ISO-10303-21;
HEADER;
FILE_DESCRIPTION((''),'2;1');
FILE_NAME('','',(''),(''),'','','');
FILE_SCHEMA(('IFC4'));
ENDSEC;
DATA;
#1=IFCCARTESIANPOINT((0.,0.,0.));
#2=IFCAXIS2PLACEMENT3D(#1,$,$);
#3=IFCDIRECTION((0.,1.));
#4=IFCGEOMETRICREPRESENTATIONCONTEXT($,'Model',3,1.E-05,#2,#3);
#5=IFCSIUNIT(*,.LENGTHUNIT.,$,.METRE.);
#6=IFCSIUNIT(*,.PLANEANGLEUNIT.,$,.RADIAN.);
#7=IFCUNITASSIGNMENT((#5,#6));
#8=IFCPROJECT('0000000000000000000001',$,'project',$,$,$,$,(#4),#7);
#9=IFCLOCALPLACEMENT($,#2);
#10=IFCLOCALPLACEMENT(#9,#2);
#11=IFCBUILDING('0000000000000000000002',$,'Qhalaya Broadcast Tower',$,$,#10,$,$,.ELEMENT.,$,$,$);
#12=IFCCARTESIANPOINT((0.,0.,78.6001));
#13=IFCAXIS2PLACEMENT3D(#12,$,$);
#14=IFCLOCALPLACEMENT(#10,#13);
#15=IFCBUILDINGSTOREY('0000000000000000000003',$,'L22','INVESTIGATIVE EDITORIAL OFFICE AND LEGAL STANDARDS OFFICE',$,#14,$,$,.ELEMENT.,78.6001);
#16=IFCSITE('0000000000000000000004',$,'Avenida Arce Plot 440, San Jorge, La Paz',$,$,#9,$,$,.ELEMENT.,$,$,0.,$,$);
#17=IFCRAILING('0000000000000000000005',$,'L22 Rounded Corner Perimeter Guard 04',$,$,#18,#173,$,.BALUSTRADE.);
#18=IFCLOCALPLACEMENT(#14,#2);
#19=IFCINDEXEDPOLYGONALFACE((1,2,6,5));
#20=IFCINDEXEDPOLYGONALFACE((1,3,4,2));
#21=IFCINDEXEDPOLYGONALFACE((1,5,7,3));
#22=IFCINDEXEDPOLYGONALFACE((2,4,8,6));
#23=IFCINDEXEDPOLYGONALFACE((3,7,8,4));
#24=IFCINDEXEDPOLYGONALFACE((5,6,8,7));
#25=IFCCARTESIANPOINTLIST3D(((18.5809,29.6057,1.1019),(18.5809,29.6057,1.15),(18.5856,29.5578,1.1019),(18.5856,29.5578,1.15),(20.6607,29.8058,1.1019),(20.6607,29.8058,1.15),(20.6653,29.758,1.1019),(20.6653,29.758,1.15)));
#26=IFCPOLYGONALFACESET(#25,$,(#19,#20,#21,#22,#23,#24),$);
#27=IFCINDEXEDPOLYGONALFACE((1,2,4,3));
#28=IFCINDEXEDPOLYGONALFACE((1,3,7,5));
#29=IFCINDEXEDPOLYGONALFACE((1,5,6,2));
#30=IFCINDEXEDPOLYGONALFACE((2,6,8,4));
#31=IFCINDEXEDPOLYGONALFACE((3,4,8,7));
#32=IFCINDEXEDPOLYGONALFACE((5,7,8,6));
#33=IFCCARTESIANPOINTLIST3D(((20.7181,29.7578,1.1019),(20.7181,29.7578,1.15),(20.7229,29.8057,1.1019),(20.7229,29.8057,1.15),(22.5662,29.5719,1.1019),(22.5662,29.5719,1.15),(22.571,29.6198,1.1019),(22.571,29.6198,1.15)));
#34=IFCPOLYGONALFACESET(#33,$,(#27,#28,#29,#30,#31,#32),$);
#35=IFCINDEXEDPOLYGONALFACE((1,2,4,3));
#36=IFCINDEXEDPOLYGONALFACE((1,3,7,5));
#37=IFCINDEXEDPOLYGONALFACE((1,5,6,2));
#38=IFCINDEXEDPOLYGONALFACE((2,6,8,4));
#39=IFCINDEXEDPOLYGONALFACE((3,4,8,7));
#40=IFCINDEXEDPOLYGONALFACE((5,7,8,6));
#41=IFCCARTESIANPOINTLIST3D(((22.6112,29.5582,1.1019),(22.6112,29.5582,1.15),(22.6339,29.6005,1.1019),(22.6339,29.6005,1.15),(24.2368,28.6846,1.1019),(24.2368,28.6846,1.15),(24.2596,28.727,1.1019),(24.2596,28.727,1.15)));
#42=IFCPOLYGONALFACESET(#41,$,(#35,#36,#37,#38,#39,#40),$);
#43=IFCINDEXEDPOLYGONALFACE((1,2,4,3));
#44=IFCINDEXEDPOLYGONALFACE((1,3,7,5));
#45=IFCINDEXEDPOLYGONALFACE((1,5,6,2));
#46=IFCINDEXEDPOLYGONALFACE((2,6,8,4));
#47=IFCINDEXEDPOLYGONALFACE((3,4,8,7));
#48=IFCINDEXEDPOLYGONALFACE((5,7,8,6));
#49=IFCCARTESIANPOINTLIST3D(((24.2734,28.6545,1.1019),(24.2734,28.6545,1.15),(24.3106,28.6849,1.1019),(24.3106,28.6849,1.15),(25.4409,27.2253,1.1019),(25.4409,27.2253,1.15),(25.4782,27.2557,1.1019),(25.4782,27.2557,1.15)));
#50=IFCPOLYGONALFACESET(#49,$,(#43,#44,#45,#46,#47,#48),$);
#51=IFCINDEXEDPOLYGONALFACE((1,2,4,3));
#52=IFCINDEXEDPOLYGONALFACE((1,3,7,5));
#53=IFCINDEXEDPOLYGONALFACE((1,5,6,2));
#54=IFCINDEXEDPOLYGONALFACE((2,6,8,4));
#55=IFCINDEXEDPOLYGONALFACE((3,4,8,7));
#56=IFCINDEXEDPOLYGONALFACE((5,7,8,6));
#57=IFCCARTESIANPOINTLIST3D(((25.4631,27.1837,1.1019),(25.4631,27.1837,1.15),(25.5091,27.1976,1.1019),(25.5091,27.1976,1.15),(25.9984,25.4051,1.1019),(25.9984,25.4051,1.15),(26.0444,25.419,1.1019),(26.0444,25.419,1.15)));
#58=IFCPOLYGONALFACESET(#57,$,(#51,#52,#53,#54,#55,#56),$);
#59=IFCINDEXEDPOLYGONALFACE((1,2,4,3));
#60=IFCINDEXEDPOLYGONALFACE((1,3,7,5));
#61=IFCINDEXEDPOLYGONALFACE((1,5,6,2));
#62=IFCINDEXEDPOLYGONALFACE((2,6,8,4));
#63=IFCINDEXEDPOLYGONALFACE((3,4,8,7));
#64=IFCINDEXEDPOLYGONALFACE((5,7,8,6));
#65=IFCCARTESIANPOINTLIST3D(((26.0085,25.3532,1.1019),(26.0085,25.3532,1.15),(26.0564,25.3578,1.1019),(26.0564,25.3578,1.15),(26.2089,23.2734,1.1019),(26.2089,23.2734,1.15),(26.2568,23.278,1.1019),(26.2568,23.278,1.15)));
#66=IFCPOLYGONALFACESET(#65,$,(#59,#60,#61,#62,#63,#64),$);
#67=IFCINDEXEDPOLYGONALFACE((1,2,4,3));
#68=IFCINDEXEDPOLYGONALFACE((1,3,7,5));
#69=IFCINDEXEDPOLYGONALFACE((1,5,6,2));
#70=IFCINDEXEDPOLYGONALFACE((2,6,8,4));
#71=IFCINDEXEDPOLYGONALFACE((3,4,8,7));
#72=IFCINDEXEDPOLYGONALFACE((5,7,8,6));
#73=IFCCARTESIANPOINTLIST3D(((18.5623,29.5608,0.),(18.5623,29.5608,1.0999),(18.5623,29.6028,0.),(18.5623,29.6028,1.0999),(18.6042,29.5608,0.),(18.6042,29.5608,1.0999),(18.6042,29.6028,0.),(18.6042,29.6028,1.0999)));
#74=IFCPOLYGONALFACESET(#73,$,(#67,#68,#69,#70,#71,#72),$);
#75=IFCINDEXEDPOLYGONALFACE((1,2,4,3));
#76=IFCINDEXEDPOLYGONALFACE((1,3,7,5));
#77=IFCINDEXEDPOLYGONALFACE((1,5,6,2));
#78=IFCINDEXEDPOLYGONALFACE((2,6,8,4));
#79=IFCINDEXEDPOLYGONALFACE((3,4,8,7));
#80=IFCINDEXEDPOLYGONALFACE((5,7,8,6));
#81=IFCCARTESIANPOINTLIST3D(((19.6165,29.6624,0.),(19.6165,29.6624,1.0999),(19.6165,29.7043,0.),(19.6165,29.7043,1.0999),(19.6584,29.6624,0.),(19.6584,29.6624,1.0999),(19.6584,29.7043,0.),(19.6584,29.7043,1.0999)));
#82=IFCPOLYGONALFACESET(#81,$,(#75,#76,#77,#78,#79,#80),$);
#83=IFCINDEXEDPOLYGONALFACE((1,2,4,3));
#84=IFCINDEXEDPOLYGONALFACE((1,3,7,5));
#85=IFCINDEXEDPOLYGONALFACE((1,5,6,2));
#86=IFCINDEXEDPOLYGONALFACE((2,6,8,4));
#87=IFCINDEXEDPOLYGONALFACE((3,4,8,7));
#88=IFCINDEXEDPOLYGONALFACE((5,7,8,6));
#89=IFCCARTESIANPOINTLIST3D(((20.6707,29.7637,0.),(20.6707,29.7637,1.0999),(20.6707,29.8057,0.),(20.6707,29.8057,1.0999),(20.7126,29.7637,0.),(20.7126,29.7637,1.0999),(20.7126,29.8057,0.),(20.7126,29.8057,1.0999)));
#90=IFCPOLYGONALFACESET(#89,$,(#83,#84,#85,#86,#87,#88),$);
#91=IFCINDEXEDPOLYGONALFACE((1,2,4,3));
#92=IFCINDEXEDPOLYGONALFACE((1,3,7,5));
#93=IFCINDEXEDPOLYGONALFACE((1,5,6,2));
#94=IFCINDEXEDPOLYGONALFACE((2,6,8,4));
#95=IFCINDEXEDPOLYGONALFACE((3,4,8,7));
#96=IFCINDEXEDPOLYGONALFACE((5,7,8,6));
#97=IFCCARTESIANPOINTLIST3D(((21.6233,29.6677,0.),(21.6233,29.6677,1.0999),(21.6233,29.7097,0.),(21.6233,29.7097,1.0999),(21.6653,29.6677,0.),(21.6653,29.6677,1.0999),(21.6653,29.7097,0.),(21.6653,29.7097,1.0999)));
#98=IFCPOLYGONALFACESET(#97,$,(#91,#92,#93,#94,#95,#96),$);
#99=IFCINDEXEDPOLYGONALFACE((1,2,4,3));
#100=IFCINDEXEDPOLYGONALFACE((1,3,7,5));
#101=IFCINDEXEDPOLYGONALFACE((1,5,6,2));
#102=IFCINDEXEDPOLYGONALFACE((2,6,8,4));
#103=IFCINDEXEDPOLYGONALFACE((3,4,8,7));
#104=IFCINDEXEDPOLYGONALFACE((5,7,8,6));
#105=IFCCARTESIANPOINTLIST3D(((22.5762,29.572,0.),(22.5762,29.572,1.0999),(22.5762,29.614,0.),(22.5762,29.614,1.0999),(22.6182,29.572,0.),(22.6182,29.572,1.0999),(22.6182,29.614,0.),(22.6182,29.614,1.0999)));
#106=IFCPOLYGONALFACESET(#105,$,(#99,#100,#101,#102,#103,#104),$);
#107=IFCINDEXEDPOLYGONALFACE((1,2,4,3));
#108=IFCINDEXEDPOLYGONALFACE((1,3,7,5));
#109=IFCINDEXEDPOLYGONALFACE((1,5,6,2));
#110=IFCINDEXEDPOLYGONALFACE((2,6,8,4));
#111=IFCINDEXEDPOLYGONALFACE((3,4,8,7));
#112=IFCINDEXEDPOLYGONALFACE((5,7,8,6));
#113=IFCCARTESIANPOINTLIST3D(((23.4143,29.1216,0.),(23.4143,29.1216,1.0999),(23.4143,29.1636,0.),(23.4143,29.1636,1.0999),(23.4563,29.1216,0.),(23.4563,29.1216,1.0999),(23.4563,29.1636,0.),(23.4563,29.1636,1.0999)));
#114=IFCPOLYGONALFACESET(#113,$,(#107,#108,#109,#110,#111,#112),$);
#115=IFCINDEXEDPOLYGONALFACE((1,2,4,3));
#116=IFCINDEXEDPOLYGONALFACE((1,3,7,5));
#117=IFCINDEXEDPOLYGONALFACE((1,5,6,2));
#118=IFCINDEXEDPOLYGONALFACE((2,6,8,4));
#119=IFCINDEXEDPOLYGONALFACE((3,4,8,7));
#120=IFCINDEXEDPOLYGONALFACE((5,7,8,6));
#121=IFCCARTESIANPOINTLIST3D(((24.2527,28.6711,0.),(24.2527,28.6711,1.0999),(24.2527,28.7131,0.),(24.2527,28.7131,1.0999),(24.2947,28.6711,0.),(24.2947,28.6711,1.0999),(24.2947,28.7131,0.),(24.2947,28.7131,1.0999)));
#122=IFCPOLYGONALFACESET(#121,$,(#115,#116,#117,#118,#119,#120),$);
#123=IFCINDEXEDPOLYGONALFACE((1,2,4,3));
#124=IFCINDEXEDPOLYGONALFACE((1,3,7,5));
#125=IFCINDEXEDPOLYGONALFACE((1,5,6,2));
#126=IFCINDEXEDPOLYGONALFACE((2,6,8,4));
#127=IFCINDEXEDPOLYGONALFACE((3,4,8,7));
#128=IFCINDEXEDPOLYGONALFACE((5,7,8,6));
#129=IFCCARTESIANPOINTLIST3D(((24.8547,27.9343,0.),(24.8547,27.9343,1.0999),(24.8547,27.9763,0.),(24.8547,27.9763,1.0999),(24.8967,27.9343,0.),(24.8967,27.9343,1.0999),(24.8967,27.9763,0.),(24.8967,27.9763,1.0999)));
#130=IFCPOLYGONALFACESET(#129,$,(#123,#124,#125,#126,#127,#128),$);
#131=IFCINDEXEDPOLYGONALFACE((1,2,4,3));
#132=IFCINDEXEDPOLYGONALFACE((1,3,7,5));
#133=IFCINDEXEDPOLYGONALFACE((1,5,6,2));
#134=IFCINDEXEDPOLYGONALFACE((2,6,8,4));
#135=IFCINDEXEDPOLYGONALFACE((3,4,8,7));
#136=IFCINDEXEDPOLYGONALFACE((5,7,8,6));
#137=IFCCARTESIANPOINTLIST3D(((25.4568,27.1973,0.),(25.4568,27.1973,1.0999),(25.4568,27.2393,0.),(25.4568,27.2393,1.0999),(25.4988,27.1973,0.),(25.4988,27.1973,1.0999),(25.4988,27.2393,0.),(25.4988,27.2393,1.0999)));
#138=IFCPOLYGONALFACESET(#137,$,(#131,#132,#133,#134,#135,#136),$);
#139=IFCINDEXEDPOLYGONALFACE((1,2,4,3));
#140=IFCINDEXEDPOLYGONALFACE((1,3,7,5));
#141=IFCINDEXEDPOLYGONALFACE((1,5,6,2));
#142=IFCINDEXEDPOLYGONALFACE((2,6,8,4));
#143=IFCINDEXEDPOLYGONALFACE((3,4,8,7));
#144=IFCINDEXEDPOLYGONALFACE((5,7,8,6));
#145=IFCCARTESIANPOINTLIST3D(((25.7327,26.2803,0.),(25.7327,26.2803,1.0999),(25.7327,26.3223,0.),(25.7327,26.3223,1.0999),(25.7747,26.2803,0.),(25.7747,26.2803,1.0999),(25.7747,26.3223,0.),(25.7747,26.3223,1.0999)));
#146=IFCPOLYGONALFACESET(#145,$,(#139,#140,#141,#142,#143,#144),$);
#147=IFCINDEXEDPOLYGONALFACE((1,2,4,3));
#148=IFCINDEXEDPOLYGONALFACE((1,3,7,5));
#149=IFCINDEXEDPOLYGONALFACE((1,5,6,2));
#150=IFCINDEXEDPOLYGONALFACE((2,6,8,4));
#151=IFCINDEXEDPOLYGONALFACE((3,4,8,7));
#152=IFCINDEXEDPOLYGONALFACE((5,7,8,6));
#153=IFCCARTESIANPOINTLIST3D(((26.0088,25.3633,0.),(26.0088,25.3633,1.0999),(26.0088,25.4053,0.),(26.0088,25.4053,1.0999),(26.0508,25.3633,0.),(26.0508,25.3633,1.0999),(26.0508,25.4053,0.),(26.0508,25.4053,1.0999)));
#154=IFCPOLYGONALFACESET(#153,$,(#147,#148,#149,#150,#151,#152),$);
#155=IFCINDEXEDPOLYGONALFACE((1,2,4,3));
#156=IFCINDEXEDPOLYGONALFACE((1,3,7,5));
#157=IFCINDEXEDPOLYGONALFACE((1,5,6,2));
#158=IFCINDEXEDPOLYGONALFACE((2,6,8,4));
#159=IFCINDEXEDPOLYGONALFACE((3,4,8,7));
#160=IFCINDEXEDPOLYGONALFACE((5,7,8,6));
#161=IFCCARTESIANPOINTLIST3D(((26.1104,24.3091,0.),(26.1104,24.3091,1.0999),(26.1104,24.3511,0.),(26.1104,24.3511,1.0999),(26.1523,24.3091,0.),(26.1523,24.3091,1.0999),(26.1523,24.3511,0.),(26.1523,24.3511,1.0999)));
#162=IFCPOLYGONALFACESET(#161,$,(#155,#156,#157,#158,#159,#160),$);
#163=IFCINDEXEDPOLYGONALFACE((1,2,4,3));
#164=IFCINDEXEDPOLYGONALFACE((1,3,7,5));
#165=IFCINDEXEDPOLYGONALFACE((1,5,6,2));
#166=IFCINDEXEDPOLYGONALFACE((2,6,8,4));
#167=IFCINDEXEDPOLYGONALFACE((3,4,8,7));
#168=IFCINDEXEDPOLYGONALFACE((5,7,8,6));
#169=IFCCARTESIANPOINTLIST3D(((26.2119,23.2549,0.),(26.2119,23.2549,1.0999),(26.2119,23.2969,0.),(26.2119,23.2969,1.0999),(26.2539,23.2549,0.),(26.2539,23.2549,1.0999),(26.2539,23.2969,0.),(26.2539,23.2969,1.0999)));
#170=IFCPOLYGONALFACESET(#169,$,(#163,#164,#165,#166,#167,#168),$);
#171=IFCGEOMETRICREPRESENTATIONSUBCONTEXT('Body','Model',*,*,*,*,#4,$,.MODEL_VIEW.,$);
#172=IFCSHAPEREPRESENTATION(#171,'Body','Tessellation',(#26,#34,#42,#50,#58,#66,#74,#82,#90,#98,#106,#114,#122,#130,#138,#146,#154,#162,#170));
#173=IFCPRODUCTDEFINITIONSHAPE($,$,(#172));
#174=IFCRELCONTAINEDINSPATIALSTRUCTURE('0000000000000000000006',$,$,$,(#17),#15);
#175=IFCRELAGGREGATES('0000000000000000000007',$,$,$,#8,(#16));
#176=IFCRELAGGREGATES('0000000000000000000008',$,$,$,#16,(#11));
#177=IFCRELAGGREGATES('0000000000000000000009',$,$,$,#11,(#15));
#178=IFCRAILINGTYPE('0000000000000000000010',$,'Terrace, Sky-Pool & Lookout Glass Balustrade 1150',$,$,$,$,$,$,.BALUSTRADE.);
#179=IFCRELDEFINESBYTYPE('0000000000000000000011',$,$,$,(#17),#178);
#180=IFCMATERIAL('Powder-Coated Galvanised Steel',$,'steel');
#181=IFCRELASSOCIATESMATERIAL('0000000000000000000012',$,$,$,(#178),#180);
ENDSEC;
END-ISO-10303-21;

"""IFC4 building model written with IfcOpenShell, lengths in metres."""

from ifc_helpers import new_model, si_unit, direction, frame, origin, origin_2d, place, context, subcontext, project, spatial, rectangle, extrude, material, type_object, element, save


model = new_model("IFC4")

# Units and contexts
model_context = context("Model", 3, precision=1e-05, world=origin(), true_north=direction((0.0, 1.0)))
body_context = subcontext(model_context, "Body", "Model", "MODEL_VIEW")
ifc_project = project(units=[si_unit("LENGTHUNIT", "METRE"), si_unit("PLANEANGLEUNIT", "RADIAN")], contexts=[model_context])

# Site, building, storey
site_placement = place(None, origin())
site = spatial("IfcSite", under=ifc_project, at=site_placement, Name="Avenida Arce Plot 440, San Jorge, La Paz", CompositionType="ELEMENT", RefElevation=0.0)
building_placement = place(site_placement, origin())
building = spatial("IfcBuilding", under=site, at=building_placement, Name="Qhalaya Broadcast Tower", CompositionType="ELEMENT")
storey_placement = place(building_placement, frame((0.0, 0.0, 78.6001)))
storey = spatial("IfcBuildingStorey", under=building, at=storey_placement, Name="L22", Description="INVESTIGATIVE EDITORIAL OFFICE AND LEGAL STANDARDS OFFICE", CompositionType="ELEMENT", Elevation=78.6001)

# Railing
ifc_material_1 = material(Name="Powder-Coated Galvanised Steel", Category="steel")
railing_type = type_object("IfcRailingType", Name="Terrace, Sky-Pool & Lookout Glass Balustrade 1150", PredefinedType="BALUSTRADE", material=ifc_material_1)
railing_placement = place(storey_placement, frame((18.5833, 29.5818, 0.0)))
element("IfcRailing", 1, at=railing_placement, inside=storey, type_object=railing_type, Name="L22 Rounded Corner Perimeter Guard 04", PredefinedType="BALUSTRADE", context=body_context, shape_type="SweptSolid", body=[
    extrude(rectangle(XDim=0.0481, YDim=0.0481, at=origin_2d()), frame((0.0, 0.0, 1.126), z_axis=(0.995402, 0.095783, 0.0), x_axis=(-0.095783, 0.995402, 0.0)), (0.0, 0.0, 1.0), 2.0894),
    extrude(rectangle(XDim=0.0481, YDim=0.0481, at=origin_2d()), frame((2.1372, 0.2, 1.126), z_axis=(0.99498, -0.100072, 0.0), x_axis=(0.100072, 0.99498, 0.0)), (0.0, 0.0, 1.0), 1.8574),
    extrude(rectangle(XDim=0.0481, YDim=0.0481, at=origin_2d()), frame((4.0393, -0.0024, 1.126), z_axis=(0.880879, -0.473342, 0.0), x_axis=(0.473342, 0.880879, 0.0)), (0.0, 0.0, 1.0), 1.8455),
    extrude(rectangle(XDim=0.0481, YDim=0.0481, at=origin_2d()), frame((5.7087, -0.9121, 1.126), z_axis=(0.632672, -0.77442, 0.0), x_axis=(0.77442, 0.632672, 0.0)), (0.0, 0.0, 1.0), 1.8455),
    extrude(rectangle(XDim=0.0481, YDim=0.0481, at=origin_2d()), frame((6.9028, -2.3911, 1.126), z_axis=(0.288213, -0.957566, 0.0), x_axis=(0.957566, 0.288213, 0.0)), (0.0, 0.0, 1.0), 1.8574),
    extrude(rectangle(XDim=0.0481, YDim=0.0481, at=origin_2d()), frame((7.4492, -4.2263, 1.126), z_axis=(0.095897, -0.995391, 0.0), x_axis=(0.995391, 0.095897, 0.0)), (0.0, 0.0, 1.0), 2.0894),
    extrude(rectangle(XDim=0.042, YDim=0.042, at=origin_2d()), origin(), (0.0, 0.0, 1.0), 1.0999),
    extrude(rectangle(XDim=0.042, YDim=0.042, at=origin_2d()), frame((1.0542, 0.1016, 0.0)), (0.0, 0.0, 1.0), 1.0999),
    extrude(rectangle(XDim=0.042, YDim=0.042, at=origin_2d()), frame((2.1084, 0.2029, 0.0)), (0.0, 0.0, 1.0), 1.0999),
    extrude(rectangle(XDim=0.042, YDim=0.042, at=origin_2d()), frame((3.061, 0.1069, 0.0)), (0.0, 0.0, 1.0), 1.0999),
    extrude(rectangle(XDim=0.042, YDim=0.042, at=origin_2d()), frame((4.0139, 0.0112, 0.0)), (0.0, 0.0, 1.0), 1.0999),
    extrude(rectangle(XDim=0.042, YDim=0.042, at=origin_2d()), frame((4.8521, -0.4392, 0.0)), (0.0, 0.0, 1.0), 1.0999),
    extrude(rectangle(XDim=0.042, YDim=0.042, at=origin_2d()), frame((5.6904, -0.8896, 0.0)), (0.0, 0.0, 1.0), 1.0999),
    extrude(rectangle(XDim=0.042, YDim=0.042, at=origin_2d()), frame((6.2925, -1.6265, 0.0)), (0.0, 0.0, 1.0), 1.0999),
    extrude(rectangle(XDim=0.042, YDim=0.042, at=origin_2d()), frame((6.8945, -2.3635, 0.0)), (0.0, 0.0, 1.0), 1.0999),
    extrude(rectangle(XDim=0.042, YDim=0.042, at=origin_2d()), frame((7.1704, -3.2805, 0.0)), (0.0, 0.0, 1.0), 1.0999),
    extrude(rectangle(XDim=0.042, YDim=0.042, at=origin_2d()), frame((7.4465, -4.1975, 0.0)), (0.0, 0.0, 1.0), 1.0999),
    extrude(rectangle(XDim=0.042, YDim=0.042, at=origin_2d()), frame((7.5481, -5.2517, 0.0)), (0.0, 0.0, 1.0), 1.0999),
    extrude(rectangle(XDim=0.042, YDim=0.042, at=origin_2d()), frame((7.6497, -6.3059, 0.0)), (0.0, 0.0, 1.0), 1.0999),
])

save(model, "model.ifc")
